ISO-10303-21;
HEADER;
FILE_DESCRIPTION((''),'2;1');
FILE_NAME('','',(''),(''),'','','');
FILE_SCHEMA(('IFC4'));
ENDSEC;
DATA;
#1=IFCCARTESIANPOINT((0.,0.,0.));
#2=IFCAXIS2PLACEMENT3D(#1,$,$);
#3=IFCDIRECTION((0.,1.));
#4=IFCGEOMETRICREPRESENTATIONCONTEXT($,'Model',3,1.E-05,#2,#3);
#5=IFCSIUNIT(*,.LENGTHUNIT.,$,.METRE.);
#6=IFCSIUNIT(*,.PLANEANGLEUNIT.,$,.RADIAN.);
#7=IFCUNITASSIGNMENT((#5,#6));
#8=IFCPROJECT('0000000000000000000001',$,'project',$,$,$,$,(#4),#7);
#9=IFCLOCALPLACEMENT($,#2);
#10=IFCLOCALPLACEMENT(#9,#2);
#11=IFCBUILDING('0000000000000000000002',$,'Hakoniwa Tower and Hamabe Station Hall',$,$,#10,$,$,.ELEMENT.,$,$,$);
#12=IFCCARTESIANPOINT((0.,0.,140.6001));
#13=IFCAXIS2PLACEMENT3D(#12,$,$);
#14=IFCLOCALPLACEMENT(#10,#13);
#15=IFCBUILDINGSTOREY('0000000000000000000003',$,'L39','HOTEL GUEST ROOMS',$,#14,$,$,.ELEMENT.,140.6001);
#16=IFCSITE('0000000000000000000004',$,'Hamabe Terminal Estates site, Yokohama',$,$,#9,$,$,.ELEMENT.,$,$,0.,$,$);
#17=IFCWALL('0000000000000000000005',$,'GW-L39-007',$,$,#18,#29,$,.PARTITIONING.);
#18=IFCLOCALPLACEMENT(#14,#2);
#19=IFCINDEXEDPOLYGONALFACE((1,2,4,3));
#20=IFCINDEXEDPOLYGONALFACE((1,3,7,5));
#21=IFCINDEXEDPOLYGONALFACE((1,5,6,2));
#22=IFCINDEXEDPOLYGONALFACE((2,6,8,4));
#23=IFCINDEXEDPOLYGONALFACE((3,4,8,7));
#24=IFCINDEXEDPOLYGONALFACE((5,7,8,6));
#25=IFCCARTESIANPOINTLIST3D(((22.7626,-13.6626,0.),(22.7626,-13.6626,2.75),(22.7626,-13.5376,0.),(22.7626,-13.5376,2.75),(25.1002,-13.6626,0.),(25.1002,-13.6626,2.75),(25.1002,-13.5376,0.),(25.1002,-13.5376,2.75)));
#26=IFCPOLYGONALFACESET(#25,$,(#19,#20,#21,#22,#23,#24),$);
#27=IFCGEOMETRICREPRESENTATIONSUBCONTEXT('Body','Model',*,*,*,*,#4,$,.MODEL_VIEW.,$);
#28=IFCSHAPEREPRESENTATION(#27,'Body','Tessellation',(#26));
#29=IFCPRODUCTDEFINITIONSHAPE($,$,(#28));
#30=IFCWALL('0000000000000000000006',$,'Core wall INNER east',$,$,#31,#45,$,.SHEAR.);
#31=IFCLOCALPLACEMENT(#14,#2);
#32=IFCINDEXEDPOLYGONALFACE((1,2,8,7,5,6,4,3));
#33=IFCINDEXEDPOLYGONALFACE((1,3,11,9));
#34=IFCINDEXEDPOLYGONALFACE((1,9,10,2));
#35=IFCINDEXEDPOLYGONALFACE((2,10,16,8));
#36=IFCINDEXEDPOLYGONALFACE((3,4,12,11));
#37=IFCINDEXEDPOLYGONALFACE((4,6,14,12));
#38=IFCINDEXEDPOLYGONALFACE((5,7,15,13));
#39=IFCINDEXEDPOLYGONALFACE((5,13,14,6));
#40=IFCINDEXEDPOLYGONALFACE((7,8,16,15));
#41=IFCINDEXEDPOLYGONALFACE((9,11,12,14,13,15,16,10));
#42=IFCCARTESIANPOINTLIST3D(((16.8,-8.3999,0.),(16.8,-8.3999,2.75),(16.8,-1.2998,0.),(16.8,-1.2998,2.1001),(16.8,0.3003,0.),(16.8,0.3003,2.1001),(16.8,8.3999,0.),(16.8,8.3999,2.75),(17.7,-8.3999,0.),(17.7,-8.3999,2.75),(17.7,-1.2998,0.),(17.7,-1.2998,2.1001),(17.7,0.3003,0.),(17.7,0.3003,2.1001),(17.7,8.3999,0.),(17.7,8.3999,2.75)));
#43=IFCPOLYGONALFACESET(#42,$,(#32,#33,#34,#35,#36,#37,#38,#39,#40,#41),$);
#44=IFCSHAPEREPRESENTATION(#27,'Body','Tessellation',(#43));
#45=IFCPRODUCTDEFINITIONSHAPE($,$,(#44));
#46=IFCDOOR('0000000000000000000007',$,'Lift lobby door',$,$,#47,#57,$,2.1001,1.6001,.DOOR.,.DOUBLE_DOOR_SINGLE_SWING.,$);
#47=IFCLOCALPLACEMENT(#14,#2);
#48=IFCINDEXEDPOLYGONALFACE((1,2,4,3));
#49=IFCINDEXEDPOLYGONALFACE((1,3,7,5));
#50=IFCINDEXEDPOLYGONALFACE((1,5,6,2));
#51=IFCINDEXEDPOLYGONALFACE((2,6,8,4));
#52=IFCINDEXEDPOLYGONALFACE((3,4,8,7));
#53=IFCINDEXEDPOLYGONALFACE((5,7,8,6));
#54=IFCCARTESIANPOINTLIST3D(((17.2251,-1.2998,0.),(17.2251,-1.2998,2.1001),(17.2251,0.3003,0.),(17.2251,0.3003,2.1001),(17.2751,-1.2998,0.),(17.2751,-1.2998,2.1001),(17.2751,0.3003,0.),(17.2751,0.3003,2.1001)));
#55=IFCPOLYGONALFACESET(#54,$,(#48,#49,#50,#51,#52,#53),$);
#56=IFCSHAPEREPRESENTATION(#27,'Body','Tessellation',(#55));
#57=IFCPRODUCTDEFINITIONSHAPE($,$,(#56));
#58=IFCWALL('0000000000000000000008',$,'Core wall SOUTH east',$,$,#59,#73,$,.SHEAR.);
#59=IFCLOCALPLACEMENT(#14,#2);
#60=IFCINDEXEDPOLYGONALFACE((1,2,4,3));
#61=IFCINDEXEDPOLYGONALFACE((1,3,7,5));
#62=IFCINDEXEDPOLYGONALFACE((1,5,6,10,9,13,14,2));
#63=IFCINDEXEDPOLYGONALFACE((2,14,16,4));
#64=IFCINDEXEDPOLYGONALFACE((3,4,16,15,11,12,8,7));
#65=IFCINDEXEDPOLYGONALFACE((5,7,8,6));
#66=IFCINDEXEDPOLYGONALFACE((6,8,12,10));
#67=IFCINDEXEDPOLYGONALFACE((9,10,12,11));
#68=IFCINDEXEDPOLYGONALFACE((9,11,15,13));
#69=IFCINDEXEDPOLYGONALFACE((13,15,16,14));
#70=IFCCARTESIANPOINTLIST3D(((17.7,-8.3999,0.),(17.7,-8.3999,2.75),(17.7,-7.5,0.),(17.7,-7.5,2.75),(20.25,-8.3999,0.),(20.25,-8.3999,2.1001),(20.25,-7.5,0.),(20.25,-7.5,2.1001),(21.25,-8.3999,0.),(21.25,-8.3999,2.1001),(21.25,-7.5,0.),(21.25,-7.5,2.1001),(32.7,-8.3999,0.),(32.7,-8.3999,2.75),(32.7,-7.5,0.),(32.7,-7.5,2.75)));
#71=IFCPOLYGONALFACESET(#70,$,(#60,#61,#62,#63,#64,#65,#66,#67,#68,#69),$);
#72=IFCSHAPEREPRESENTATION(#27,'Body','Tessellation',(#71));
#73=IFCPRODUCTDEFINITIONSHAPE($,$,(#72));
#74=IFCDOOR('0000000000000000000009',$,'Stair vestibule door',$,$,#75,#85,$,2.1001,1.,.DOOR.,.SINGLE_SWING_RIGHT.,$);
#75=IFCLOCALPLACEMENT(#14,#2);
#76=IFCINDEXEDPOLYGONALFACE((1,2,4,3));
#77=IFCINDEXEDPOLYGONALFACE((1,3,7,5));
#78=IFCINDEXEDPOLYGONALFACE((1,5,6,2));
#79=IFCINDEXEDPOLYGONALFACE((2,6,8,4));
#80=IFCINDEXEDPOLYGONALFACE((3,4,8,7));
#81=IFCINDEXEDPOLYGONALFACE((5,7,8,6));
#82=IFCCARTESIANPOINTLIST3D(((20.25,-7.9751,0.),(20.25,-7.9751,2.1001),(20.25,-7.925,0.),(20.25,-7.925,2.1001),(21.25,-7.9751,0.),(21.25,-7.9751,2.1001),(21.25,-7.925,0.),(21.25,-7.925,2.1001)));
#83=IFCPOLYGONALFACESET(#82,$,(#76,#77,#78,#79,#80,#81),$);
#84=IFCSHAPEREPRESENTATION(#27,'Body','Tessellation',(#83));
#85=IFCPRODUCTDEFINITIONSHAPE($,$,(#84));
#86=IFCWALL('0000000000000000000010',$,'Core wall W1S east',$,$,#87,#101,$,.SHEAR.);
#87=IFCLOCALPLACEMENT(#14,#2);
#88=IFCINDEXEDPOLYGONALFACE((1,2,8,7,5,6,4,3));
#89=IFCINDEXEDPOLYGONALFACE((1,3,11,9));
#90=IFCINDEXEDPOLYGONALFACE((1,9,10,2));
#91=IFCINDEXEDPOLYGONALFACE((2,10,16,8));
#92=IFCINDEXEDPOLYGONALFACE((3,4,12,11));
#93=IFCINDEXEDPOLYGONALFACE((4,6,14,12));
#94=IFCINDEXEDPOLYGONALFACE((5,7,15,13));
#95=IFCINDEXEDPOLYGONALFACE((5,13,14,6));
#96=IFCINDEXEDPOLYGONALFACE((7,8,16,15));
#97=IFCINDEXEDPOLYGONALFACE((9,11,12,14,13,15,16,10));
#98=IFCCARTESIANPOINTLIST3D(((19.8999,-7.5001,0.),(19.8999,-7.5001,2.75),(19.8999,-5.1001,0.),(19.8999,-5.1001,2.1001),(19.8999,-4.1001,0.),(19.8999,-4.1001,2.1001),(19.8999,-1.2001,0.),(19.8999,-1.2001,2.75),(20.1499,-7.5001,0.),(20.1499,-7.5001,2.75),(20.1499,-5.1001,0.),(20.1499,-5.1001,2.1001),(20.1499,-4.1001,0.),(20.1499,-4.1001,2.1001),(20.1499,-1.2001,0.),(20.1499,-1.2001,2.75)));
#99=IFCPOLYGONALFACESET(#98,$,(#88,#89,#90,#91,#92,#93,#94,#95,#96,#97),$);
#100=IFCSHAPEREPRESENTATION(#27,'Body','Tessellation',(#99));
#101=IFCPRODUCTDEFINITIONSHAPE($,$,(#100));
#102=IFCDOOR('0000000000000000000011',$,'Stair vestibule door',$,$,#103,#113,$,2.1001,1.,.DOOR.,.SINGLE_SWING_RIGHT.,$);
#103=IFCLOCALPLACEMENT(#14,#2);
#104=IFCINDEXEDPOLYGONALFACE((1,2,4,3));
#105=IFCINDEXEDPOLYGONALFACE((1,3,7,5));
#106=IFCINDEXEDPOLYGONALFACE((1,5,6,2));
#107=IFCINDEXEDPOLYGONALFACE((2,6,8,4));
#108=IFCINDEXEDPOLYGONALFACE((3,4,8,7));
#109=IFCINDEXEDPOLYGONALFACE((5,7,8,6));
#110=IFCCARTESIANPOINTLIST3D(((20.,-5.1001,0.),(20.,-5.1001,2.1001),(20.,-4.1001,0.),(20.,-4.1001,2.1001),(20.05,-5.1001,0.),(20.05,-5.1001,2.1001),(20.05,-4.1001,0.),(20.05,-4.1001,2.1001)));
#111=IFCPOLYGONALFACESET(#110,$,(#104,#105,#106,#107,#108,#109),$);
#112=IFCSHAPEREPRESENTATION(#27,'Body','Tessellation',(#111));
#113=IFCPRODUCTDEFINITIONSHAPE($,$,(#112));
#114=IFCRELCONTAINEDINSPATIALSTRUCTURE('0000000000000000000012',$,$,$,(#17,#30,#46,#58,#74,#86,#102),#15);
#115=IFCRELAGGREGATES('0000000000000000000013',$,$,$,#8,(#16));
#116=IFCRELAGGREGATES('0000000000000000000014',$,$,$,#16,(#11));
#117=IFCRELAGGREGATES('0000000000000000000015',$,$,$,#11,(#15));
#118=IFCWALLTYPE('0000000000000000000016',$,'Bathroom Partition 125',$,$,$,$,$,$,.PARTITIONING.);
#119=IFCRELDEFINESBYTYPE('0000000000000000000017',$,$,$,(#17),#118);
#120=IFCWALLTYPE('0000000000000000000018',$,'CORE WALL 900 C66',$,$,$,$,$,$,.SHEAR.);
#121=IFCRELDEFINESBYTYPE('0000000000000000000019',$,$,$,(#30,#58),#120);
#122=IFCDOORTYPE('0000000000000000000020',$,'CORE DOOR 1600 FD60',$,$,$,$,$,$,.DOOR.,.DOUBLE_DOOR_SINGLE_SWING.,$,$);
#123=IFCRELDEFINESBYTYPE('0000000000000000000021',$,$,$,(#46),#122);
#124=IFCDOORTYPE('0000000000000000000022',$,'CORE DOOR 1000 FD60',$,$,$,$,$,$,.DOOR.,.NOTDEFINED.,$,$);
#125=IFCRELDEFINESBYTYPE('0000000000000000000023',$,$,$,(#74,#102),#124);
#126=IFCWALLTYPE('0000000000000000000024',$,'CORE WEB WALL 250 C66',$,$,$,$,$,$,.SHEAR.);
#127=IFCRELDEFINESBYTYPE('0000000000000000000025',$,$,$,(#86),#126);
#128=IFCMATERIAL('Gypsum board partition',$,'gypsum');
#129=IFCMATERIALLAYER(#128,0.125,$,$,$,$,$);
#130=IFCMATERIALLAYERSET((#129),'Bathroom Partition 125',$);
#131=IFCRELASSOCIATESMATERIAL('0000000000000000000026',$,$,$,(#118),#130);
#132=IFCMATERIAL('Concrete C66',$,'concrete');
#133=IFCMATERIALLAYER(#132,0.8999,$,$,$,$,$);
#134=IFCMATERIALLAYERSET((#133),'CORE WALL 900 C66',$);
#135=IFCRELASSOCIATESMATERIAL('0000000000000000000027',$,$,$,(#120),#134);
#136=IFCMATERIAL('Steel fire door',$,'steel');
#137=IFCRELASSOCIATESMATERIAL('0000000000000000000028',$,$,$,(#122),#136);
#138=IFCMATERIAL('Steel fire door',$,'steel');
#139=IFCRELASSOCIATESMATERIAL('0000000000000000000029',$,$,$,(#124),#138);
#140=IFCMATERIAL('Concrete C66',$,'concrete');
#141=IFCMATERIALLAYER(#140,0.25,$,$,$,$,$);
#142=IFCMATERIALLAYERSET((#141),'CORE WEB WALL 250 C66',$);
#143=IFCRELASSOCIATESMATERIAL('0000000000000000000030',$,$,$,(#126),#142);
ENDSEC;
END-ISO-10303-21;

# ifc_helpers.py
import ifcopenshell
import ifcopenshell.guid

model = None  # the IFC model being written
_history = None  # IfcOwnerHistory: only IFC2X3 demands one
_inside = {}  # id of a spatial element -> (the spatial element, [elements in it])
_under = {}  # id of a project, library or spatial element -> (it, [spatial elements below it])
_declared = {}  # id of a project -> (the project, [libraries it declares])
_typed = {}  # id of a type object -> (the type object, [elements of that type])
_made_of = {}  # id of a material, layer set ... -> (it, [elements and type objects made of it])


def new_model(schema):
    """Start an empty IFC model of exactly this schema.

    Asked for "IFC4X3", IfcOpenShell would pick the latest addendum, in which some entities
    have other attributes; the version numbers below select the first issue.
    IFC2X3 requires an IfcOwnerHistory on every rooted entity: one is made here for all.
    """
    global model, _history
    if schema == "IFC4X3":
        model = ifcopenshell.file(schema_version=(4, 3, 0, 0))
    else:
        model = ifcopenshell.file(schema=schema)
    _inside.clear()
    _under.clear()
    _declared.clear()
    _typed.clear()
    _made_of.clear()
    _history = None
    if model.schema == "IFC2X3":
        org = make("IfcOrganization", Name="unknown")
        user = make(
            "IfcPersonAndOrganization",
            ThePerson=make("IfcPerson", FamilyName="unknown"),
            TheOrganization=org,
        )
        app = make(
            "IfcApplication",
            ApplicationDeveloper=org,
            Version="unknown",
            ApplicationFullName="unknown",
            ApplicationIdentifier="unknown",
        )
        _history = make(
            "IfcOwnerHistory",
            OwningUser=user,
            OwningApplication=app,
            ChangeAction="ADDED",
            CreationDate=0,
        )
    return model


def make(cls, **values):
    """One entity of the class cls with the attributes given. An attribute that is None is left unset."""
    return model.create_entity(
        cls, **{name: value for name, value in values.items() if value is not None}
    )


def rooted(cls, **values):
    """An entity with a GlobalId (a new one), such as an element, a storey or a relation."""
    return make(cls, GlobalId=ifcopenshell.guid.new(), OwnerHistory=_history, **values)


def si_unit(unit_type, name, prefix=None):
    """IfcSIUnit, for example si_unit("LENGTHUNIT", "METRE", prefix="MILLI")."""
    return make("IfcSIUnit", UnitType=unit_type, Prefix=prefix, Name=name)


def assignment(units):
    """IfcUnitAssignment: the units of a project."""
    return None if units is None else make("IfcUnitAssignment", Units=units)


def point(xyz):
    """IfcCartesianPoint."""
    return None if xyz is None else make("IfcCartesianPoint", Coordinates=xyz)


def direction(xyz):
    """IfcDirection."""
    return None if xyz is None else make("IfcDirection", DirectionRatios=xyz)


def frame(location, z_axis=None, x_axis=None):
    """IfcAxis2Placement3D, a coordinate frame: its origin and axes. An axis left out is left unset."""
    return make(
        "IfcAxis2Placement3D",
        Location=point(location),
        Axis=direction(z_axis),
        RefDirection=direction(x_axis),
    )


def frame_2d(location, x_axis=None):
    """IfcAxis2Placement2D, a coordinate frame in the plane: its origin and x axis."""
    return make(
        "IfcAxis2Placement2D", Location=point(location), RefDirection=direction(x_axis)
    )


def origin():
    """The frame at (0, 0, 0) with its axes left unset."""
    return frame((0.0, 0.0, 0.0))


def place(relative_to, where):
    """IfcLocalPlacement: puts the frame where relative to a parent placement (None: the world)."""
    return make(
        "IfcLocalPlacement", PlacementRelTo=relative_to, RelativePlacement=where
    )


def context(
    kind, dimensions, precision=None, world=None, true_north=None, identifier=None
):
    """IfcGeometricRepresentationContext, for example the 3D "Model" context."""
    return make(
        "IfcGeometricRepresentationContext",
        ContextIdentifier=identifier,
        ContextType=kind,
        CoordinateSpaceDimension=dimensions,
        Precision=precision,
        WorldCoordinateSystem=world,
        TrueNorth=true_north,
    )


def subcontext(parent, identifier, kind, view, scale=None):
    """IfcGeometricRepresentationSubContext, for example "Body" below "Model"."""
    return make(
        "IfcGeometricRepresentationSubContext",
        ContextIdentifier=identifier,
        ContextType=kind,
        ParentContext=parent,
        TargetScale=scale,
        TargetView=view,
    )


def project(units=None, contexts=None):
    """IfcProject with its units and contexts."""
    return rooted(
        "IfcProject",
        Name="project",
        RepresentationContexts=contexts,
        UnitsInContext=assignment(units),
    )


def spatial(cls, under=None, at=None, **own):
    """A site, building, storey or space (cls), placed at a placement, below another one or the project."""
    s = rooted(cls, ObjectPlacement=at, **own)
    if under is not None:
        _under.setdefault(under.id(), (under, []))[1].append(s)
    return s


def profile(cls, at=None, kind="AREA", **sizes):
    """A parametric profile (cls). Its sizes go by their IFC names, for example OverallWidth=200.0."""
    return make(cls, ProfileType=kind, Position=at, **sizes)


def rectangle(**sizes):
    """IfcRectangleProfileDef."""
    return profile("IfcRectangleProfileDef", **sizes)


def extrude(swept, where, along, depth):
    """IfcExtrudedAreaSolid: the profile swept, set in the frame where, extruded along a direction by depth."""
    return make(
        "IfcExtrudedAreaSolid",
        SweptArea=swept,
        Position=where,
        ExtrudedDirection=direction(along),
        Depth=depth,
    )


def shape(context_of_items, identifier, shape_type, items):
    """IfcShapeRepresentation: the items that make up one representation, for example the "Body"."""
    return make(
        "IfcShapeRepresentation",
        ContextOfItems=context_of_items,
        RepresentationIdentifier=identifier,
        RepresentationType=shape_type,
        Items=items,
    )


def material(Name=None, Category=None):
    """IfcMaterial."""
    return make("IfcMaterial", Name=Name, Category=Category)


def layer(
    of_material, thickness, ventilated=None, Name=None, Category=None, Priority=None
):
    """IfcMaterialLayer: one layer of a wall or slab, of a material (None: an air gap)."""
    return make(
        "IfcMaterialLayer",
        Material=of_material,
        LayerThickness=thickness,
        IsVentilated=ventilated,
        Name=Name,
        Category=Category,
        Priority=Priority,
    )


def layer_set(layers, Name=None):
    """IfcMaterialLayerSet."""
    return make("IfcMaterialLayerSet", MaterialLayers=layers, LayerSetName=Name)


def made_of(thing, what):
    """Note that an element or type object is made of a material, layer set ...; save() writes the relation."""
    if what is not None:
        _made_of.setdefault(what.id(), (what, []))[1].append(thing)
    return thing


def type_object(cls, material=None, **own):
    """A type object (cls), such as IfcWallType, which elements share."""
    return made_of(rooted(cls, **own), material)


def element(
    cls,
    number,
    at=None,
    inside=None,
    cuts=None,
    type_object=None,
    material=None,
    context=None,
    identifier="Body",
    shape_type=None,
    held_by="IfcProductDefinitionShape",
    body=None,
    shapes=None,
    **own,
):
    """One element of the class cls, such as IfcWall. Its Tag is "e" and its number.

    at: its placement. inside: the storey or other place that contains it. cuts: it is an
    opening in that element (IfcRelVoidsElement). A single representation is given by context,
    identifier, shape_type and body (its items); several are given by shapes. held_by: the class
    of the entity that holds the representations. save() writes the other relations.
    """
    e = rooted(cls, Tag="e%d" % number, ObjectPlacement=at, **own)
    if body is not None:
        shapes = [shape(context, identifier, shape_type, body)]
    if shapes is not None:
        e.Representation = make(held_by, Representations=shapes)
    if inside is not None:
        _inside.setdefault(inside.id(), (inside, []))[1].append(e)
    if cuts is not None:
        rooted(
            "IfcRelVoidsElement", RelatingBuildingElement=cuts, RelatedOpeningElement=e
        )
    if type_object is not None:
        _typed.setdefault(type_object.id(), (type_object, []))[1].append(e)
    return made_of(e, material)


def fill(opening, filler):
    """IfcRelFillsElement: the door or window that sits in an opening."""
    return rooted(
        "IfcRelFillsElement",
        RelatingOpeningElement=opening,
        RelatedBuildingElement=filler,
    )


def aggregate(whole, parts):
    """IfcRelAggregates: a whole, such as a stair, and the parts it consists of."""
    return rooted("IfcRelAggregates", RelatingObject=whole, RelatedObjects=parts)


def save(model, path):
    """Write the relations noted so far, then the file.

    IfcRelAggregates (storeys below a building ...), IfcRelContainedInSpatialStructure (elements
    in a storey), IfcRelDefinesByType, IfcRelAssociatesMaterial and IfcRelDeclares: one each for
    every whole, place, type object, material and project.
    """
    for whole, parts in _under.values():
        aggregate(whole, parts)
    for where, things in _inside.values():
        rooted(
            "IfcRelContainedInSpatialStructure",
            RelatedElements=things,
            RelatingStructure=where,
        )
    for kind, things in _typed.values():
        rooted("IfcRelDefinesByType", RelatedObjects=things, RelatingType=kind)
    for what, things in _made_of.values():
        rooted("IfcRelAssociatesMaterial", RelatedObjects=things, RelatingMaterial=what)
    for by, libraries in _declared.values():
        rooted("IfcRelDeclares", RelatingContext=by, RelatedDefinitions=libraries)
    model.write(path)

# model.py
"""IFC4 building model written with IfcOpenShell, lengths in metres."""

from ifc_helpers import new_model, si_unit, direction, frame, frame_2d, origin, place, context, subcontext, project, spatial, rectangle, extrude, material, layer, layer_set, type_object, element, fill, save


model = new_model("IFC4")

# Units and contexts
model_context = context("Model", 3, precision=1e-05, world=origin(), true_north=direction((0.0, 1.0)))
body_context = subcontext(model_context, "Body", "Model", "MODEL_VIEW")
ifc_project = project(units=[si_unit("LENGTHUNIT", "METRE"), si_unit("PLANEANGLEUNIT", "RADIAN")], contexts=[model_context])

# Site, building, storey
site_placement = place(None, origin())
site = spatial("IfcSite", under=ifc_project, at=site_placement, Name="Hamabe Terminal Estates site, Yokohama", CompositionType="ELEMENT", RefElevation=0.0)
building_placement = place(site_placement, origin())
building = spatial("IfcBuilding", under=site, at=building_placement, Name="Hakoniwa Tower and Hamabe Station Hall", CompositionType="ELEMENT")
storey_placement = place(building_placement, frame((0.0, 0.0, 140.6001)))
storey = spatial("IfcBuildingStorey", under=building, at=storey_placement, Name="L39", Description="HOTEL GUEST ROOMS", CompositionType="ELEMENT", Elevation=140.6001)

# Wall
ifc_material_1 = material(Name="Gypsum board partition", Category="gypsum")
ifc_layer_1 = layer(ifc_material_1, 0.125)
ifc_layer_set_1 = layer_set([ifc_layer_1], Name="Bathroom Partition 125")
wall_type_1 = type_object("IfcWallType", Name="Bathroom Partition 125", PredefinedType="PARTITIONING", material=ifc_layer_set_1)
wall_1_placement = place(storey_placement, frame((22.7625, -13.6001, 0.0), z_axis=(0.0, 0.0, 1.0), x_axis=(1.0, 0.0, 0.0)))
element("IfcWall", 1, at=wall_1_placement, inside=storey, type_object=wall_type_1, Name="GW-L39-007", PredefinedType="PARTITIONING", context=body_context, shape_type="SweptSolid", body=[
    extrude(rectangle(XDim=2.3376, YDim=0.125, at=frame_2d((1.1689, 0.0))), origin(), (0.0, 0.0, 1.0), 2.75),
])

# Walls, openings, doors
ifc_material_2 = material(Name="Concrete C66", Category="concrete")
ifc_layer_2 = layer(ifc_material_2, 0.8999)
ifc_layer_set_2 = layer_set([ifc_layer_2], Name="CORE WALL 900 C66")
wall_type_2 = type_object("IfcWallType", Name="CORE WALL 900 C66", PredefinedType="SHEAR", material=ifc_layer_set_2)
wall_2_placement = place(storey_placement, frame((17.25, -8.3999, 0.0), z_axis=(0.0, 0.0, 1.0), x_axis=(0.0, 1.0, 0.0)))
wall_2 = element("IfcWall", 2, at=wall_2_placement, inside=storey, type_object=wall_type_2, Name="Core wall INNER east", PredefinedType="SHEAR", context=body_context, shape_type="SweptSolid", body=[
    extrude(rectangle(XDim=16.7998, YDim=0.8999, at=frame_2d((8.3999, 0.0))), origin(), (0.0, 0.0, 1.0), 2.75),
])
opening_1_placement = place(wall_2_placement, frame((7.1001, 0.0, 0.0)))
opening_1 = element("IfcOpeningElement", 3, at=opening_1_placement, cuts=wall_2, PredefinedType="OPENING", context=body_context, shape_type="SweptSolid", body=[
    extrude(rectangle(XDim=1.6001, YDim=2.1001, at=frame_2d((0.8, 1.05))), frame((0.0, 0.46, 0.0), z_axis=(0.0, -1.0, 0.0), x_axis=(1.0, 0.0, 0.0)), (0.0, 0.0, 1.0), 0.9199),
])
ifc_material_3 = material(Name="Steel fire door", Category="steel")
door_type_1 = type_object("IfcDoorType", Name="CORE DOOR 1600 FD60", OperationType="DOUBLE_DOOR_SINGLE_SWING", PredefinedType="DOOR", material=ifc_material_3)
door_1_placement = place(opening_1_placement, origin())
door_1 = element("IfcDoor", 4, at=door_1_placement, inside=storey, type_object=door_type_1, Name="Lift lobby door", OperationType="DOUBLE_DOOR_SINGLE_SWING", OverallHeight=2.1001, OverallWidth=1.6001, PredefinedType="DOOR", context=body_context, shape_type="SweptSolid", body=[
    extrude(rectangle(XDim=1.6001, YDim=2.1001, at=frame_2d((0.8, 1.05))), frame((0.0, 0.0249, 0.0), z_axis=(0.0, -1.0, 0.0), x_axis=(1.0, 0.0, 0.0)), (0.0, 0.0, 1.0), 0.05),
])
fill(opening_1, door_1)
wall_3_placement = place(storey_placement, frame((17.7, -7.95, 0.0), z_axis=(0.0, 0.0, 1.0), x_axis=(1.0, 0.0, 0.0)))
wall_3 = element("IfcWall", 5, at=wall_3_placement, inside=storey, type_object=wall_type_2, Name="Core wall SOUTH east", PredefinedType="SHEAR", context=body_context, shape_type="SweptSolid", body=[
    extrude(rectangle(XDim=15.0, YDim=0.8999, at=frame_2d((7.5, 0.0))), origin(), (0.0, 0.0, 1.0), 2.75),
])
opening_2_placement = place(wall_3_placement, frame((2.55, 0.0, 0.0)))
opening_2 = element("IfcOpeningElement", 6, at=opening_2_placement, cuts=wall_3, PredefinedType="OPENING", context=body_context, shape_type="SweptSolid", body=[
    extrude(rectangle(XDim=1.0, YDim=2.1001, at=frame_2d((0.5, 1.05))), frame((0.0, 0.46, 0.0), z_axis=(0.0, -1.0, 0.0), x_axis=(1.0, 0.0, 0.0)), (0.0, 0.0, 1.0), 0.9199),
])
ifc_material_4 = material(Name="Steel fire door", Category="steel")
door_type_2 = type_object("IfcDoorType", Name="CORE DOOR 1000 FD60", OperationType="NOTDEFINED", PredefinedType="DOOR", material=ifc_material_4)
door_2_placement = place(opening_2_placement, origin())
door_2 = element("IfcDoor", 7, at=door_2_placement, inside=storey, type_object=door_type_2, Name="Stair vestibule door", OperationType="SINGLE_SWING_RIGHT", OverallHeight=2.1001, OverallWidth=1.0, PredefinedType="DOOR", context=body_context, shape_type="SweptSolid", body=[
    extrude(rectangle(XDim=1.0, YDim=2.1001, at=frame_2d((0.5, 1.05))), frame((0.0, 0.0249, 0.0), z_axis=(0.0, -1.0, 0.0), x_axis=(1.0, 0.0, 0.0)), (0.0, 0.0, 1.0), 0.05),
])
fill(opening_2, door_2)
ifc_material_5 = material(Name="Concrete C66", Category="concrete")
ifc_layer_3 = layer(ifc_material_5, 0.25)
ifc_layer_set_3 = layer_set([ifc_layer_3], Name="CORE WEB WALL 250 C66")
wall_type_3 = type_object("IfcWallType", Name="CORE WEB WALL 250 C66", PredefinedType="SHEAR", material=ifc_layer_set_3)
wall_4_placement = place(storey_placement, frame((20.0249, -7.5, 0.0), z_axis=(0.0, 0.0, 1.0), x_axis=(0.0, 1.0, 0.0)))
wall_4 = element("IfcWall", 8, at=wall_4_placement, inside=storey, type_object=wall_type_3, Name="Core wall W1S east", PredefinedType="SHEAR", context=body_context, shape_type="SweptSolid", body=[
    extrude(rectangle(XDim=6.3, YDim=0.25, at=frame_2d((3.1499, 0.0))), origin(), (0.0, 0.0, 1.0), 2.75),
])
opening_3_placement = place(wall_4_placement, frame((2.3999, 0.0, 0.0)))
opening_3 = element("IfcOpeningElement", 9, at=opening_3_placement, cuts=wall_4, PredefinedType="OPENING", context=body_context, shape_type="SweptSolid", body=[
    extrude(rectangle(XDim=1.0, YDim=2.1001, at=frame_2d((0.5, 1.05))), frame((0.0, 0.135, 0.0), z_axis=(0.0, -1.0, 0.0), x_axis=(1.0, 0.0, 0.0)), (0.0, 0.0, 1.0), 0.27),
])
door_3_placement = place(opening_3_placement, origin())
door_3 = element("IfcDoor", 10, at=door_3_placement, inside=storey, type_object=door_type_2, Name="Stair vestibule door", OperationType="SINGLE_SWING_RIGHT", OverallHeight=2.1001, OverallWidth=1.0, PredefinedType="DOOR", context=body_context, shape_type="SweptSolid", body=[
    extrude(rectangle(XDim=1.0, YDim=2.1001, at=frame_2d((0.5, 1.05))), frame((0.0, 0.0249, 0.0), z_axis=(0.0, -1.0, 0.0), x_axis=(1.0, 0.0, 0.0)), (0.0, 0.0, 1.0), 0.05),
])
fill(opening_3, door_3)

save(model, "model.ifc")
